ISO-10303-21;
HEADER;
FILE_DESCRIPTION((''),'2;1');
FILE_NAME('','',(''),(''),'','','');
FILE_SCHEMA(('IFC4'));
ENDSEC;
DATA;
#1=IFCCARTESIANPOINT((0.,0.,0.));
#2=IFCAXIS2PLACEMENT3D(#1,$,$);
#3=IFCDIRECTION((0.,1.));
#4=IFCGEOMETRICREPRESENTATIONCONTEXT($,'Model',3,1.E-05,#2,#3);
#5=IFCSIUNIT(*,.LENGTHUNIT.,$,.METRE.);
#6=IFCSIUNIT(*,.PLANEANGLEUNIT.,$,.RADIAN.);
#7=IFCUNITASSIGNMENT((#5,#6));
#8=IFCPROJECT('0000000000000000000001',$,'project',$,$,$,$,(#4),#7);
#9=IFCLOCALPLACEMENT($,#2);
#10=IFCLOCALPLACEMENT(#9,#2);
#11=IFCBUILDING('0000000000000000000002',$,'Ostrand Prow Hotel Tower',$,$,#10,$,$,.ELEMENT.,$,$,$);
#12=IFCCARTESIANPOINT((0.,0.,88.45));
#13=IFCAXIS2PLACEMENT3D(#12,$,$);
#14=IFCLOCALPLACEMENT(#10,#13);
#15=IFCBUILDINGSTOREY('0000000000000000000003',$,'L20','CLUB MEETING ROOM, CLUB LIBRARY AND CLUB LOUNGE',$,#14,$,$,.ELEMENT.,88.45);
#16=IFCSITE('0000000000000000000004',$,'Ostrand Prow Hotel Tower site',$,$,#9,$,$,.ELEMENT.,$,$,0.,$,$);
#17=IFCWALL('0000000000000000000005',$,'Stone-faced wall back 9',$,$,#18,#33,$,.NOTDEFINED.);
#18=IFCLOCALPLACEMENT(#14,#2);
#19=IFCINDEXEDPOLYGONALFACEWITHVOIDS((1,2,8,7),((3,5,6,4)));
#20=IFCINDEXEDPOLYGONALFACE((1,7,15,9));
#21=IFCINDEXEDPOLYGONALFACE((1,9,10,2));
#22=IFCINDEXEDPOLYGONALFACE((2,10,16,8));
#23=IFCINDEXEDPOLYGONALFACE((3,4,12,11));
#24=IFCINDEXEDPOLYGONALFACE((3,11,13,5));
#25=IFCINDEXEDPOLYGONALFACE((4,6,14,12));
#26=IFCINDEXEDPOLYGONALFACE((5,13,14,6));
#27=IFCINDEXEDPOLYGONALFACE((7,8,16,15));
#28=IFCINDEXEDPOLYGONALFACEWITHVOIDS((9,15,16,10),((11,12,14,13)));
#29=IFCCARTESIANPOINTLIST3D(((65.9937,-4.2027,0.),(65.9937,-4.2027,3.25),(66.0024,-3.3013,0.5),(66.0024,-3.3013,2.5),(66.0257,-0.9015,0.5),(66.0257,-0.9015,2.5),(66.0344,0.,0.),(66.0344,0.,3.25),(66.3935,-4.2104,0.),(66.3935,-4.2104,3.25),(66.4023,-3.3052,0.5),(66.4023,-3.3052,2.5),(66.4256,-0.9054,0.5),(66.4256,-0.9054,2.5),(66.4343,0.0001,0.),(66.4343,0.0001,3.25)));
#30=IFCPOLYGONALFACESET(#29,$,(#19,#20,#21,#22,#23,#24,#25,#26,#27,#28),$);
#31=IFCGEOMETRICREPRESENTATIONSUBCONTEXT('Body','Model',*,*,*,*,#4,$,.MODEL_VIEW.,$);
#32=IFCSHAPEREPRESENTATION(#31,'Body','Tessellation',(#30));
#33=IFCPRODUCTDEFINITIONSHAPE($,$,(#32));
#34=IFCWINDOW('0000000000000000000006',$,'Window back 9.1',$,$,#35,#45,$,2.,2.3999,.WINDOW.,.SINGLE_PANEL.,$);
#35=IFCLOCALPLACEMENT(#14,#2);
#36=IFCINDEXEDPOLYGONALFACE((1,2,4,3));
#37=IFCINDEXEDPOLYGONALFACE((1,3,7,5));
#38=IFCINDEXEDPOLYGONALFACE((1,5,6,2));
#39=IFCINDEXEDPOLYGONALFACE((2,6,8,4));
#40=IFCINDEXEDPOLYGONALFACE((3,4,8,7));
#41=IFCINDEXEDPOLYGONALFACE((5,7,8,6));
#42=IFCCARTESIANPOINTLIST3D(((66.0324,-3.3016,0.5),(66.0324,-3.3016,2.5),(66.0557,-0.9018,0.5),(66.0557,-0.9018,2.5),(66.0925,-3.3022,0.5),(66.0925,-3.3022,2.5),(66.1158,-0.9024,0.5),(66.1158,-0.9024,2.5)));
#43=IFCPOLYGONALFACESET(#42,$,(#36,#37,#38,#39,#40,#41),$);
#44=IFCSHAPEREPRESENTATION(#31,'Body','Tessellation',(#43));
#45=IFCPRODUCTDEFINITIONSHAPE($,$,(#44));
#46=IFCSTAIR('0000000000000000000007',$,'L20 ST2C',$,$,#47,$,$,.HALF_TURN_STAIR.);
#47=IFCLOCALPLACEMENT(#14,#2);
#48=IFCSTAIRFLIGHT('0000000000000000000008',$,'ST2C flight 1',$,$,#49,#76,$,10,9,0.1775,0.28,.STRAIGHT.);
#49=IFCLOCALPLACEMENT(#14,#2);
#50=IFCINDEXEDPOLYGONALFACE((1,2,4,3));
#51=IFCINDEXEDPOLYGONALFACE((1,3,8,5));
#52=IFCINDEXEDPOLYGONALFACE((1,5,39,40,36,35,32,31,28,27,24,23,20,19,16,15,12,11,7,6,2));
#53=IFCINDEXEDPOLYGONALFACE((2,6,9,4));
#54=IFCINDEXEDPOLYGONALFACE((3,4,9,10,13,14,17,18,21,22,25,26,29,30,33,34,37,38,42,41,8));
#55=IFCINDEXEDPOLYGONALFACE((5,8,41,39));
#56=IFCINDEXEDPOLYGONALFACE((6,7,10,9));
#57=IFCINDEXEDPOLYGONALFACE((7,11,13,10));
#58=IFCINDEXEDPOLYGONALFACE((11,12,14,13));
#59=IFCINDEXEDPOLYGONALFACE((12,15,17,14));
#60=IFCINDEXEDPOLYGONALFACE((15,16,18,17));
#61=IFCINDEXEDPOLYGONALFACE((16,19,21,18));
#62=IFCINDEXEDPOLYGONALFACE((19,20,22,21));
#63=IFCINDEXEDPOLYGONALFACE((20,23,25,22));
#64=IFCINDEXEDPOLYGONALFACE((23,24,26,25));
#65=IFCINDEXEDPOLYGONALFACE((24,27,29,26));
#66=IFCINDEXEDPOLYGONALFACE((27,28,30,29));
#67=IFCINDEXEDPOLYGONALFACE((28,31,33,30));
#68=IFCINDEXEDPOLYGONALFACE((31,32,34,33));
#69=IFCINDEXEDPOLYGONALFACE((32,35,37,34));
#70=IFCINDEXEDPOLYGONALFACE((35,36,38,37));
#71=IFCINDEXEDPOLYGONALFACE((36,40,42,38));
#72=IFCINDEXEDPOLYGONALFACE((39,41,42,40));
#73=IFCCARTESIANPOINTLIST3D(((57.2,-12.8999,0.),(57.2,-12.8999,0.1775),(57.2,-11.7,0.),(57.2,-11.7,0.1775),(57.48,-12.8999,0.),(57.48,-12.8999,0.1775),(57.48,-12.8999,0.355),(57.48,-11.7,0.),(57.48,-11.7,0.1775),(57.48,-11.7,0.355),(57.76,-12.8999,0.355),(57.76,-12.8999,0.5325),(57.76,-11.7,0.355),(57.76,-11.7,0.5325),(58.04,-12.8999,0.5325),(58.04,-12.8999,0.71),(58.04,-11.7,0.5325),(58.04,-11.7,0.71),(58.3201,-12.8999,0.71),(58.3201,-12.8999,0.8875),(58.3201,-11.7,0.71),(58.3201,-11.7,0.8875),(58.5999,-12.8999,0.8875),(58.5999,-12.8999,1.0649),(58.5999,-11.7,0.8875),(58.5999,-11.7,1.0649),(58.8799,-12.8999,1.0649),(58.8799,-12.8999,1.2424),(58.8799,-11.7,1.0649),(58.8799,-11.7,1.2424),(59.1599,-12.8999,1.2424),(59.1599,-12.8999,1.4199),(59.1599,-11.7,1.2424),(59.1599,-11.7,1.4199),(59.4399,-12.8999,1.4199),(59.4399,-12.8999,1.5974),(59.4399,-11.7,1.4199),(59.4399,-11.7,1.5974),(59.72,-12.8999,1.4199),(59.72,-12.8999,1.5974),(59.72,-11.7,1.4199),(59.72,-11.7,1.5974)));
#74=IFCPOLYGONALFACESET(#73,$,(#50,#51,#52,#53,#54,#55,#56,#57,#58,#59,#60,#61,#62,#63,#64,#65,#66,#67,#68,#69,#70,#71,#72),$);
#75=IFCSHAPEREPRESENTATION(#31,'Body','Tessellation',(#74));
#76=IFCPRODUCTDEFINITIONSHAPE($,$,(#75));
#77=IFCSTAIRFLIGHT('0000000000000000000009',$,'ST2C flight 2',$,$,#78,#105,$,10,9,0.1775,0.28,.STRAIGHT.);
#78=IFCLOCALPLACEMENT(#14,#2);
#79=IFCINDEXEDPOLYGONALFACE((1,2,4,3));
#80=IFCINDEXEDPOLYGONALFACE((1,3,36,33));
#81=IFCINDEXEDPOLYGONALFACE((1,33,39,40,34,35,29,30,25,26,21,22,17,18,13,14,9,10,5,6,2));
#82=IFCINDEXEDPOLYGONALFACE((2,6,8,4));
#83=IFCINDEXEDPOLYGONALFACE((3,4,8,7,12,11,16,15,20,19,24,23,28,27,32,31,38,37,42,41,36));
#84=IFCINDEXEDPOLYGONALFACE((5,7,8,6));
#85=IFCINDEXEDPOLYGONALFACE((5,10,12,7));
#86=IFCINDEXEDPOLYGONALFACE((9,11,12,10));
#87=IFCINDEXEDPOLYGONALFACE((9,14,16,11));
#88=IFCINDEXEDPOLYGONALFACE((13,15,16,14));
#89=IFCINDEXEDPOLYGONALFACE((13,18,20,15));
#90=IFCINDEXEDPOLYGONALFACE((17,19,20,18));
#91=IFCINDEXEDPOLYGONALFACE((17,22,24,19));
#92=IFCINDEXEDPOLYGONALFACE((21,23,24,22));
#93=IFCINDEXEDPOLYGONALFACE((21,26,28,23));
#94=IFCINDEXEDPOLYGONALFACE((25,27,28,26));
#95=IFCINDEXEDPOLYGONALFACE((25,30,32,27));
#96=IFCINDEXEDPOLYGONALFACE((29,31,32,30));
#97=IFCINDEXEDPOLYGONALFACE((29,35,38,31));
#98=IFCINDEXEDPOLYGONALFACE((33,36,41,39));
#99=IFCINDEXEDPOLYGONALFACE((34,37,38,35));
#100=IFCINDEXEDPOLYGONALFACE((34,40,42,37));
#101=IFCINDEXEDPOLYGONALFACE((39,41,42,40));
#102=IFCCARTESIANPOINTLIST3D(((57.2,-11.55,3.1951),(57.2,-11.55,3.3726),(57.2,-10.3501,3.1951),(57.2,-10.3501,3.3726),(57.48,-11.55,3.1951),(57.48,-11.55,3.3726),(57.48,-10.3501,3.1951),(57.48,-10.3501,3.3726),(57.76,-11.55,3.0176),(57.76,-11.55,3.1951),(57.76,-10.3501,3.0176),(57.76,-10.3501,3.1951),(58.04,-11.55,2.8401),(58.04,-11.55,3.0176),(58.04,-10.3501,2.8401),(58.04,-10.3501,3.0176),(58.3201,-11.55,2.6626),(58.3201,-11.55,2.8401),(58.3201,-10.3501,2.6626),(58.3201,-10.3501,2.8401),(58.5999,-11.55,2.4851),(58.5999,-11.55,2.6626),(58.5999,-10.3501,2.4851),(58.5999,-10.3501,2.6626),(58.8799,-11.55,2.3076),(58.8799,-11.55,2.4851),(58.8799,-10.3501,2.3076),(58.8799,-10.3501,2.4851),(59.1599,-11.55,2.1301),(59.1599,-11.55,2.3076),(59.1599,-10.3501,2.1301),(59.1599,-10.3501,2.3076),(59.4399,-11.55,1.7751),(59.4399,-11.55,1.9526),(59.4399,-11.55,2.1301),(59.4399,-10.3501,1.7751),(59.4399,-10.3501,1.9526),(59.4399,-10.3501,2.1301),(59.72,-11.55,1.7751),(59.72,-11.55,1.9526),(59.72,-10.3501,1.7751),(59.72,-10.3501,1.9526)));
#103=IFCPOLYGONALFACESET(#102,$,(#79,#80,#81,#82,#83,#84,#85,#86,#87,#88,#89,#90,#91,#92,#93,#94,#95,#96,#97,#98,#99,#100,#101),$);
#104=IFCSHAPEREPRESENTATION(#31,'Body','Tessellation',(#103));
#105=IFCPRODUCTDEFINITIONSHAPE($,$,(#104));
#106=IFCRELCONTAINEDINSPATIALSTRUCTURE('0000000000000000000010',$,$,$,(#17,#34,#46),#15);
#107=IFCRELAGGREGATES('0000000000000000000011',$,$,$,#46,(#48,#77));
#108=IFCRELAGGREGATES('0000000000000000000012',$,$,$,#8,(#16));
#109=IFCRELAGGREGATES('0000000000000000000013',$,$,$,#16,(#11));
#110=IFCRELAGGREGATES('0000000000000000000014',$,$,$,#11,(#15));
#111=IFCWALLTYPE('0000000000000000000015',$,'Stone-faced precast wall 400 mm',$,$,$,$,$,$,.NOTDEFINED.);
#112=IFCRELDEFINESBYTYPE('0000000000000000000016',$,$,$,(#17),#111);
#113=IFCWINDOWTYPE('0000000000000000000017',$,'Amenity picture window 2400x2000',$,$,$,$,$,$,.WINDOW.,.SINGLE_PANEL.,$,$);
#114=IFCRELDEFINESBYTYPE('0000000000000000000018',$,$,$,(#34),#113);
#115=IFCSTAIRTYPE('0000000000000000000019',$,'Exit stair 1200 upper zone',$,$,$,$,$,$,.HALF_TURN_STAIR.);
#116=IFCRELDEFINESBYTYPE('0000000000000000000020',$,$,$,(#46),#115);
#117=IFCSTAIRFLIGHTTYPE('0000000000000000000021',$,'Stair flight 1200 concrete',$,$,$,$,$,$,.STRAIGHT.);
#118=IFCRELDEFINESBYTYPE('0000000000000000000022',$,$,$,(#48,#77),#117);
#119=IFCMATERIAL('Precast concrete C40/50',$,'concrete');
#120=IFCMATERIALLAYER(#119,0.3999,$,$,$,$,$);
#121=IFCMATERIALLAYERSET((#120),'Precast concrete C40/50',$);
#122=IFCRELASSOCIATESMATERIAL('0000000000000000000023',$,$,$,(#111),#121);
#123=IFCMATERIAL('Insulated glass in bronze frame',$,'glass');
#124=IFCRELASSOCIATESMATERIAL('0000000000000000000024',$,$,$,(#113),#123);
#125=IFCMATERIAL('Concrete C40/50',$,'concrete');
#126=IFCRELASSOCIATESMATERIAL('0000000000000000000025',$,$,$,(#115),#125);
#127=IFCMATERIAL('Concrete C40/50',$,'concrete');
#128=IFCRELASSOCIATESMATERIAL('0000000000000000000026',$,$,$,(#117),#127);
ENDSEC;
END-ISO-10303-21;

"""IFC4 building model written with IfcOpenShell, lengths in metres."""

from ifc_helpers import new_model, si_unit, direction, frame, frame_2d, origin, place, context, subcontext, project, spatial, polyline, rectangle, outline, extrude, material, layer, layer_set, type_object, element, fill, aggregate, save


model = new_model("IFC4")

# Units and contexts
model_context = context("Model", 3, precision=1e-05, world=origin(), true_north=direction((0.0, 1.0)))
body_context = subcontext(model_context, "Body", "Model", "MODEL_VIEW")
ifc_project = project(units=[si_unit("LENGTHUNIT", "METRE"), si_unit("PLANEANGLEUNIT", "RADIAN")], contexts=[model_context])

# Site, building, storey
site_placement = place(None, origin())
site = spatial("IfcSite", under=ifc_project, at=site_placement, Name="Ostrand Prow Hotel Tower site", CompositionType="ELEMENT", RefElevation=0.0)
building_placement = place(site_placement, origin())
building = spatial("IfcBuilding", under=site, at=building_placement, Name="Ostrand Prow Hotel Tower", CompositionType="ELEMENT")
storey_placement = place(building_placement, frame((0.0, 0.0, 88.45)))
storey = spatial("IfcBuildingStorey", under=building, at=storey_placement, Name="L20", Description="CLUB MEETING ROOM, CLUB LIBRARY AND CLUB LOUNGE", CompositionType="ELEMENT", Elevation=88.45)

# Shared definitions
ifc_material_1 = material(Name="Precast concrete C40/50", Category="concrete")
ifc_layer_1 = layer(ifc_material_1, 0.3999)
ifc_layer_set_1 = layer_set([ifc_layer_1], Name="Precast concrete C40/50")
wall_type_1 = type_object("IfcWallType", Name="Stone-faced precast wall 400 mm", PredefinedType="NOTDEFINED", material=ifc_layer_set_1)
ifc_material_2 = material(Name="Insulated glass in bronze frame", Category="glass")
window_type = type_object("IfcWindowType", Name="Amenity picture window 2400x2000", PartitioningType="SINGLE_PANEL", PredefinedType="WINDOW", material=ifc_material_2)

# Wall, opening, window
wall_1_placement = place(storey_placement, frame((66.1936, -4.2065, 0.0), z_axis=(0.0, 0.0, 1.0), x_axis=(0.009692, 0.999953, 0.0)))
wall_1 = element("IfcWall", 1, at=wall_1_placement, inside=storey, type_object=wall_type_1, Name="Stone-faced wall back 9", PredefinedType="NOTDEFINED", context=body_context, shape_type="SweptSolid", body=[
    extrude(outline(polyline([(-0.002, -0.2), (4.2087, -0.2), (4.2048, 0.2), (0.002, 0.2), (-0.002, -0.2)])), origin(), (0.0, 0.0, 1.0), 3.25),
])
opening_1_placement = place(wall_1_placement, frame((0.9033, 0.0, 0.5)))
opening_1 = element("IfcOpeningElement", 2, at=opening_1_placement, cuts=wall_1, PredefinedType="OPENING", context=body_context, shape_type="SweptSolid", body=[
    extrude(rectangle(XDim=2.3999, YDim=2.0, at=frame_2d((1.2, 1.0))), frame((0.0, 0.21, 0.0), z_axis=(0.0, -1.0, 0.0), x_axis=(1.0, 0.0, 0.0)), (0.0, 0.0, 1.0), 0.4199),
])
window_1_placement = place(opening_1_placement, origin())
window_1 = element("IfcWindow", 3, at=window_1_placement, inside=storey, type_object=window_type, Name="Window back 9.1", OverallHeight=2.0, OverallWidth=2.3999, PartitioningType="SINGLE_PANEL", PredefinedType="WINDOW", context=body_context, shape_type="SweptSolid", body=[
    extrude(rectangle(XDim=2.3999, YDim=2.0, at=frame_2d((1.2, 1.0))), frame((0.0, 0.1699, 0.0), z_axis=(0.0, -1.0, 0.0), x_axis=(1.0, 0.0, 0.0)), (0.0, 0.0, 1.0), 0.0601),
])
fill(opening_1, window_1)

# Stair, stair flights
ifc_material_3 = material(Name="Concrete C40/50", Category="concrete")
stair_type = type_object("IfcStairType", Name="Exit stair 1200 upper zone", PredefinedType="HALF_TURN_STAIR", material=ifc_material_3)
stair_placement = place(storey_placement, origin())
stair = element("IfcStair", 4, at=stair_placement, inside=storey, type_object=stair_type, Name="L20 ST2C", PredefinedType="HALF_TURN_STAIR")
ifc_material_4 = material(Name="Concrete C40/50", Category="concrete")
stair_flight_type = type_object("IfcStairFlightType", Name="Stair flight 1200 concrete", PredefinedType="STRAIGHT", material=ifc_material_4)
stair_flight_1_placement = place(storey_placement, frame((57.2, -12.3, 0.0), z_axis=(0.0, 0.0, 1.0), x_axis=(1.0, 0.0, 0.0)))
stair_flight_1 = element("IfcStairFlight", 5, at=stair_flight_1_placement, type_object=stair_flight_type, Name="ST2C flight 1", NumberOfRisers=10, NumberOfTreads=9, PredefinedType="STRAIGHT", RiserHeight=0.1775, TreadLength=0.28, context=body_context, shape_type="SweptSolid", body=[
    extrude(outline(polyline([(0.0, 0.0), (0.0, 0.1775), (0.28, 0.1775), (0.28, 0.355), (0.5601, 0.355), (0.5601, 0.5325), (0.8401, 0.5325), (0.8401, 0.71), (1.1201, 0.71), (1.1201, 0.8875), (1.3999, 0.8875), (1.3999, 1.0649), (1.6799, 1.0649), (1.6799, 1.2424), (1.96, 1.2424), (1.96, 1.4199), (2.24, 1.4199), (2.24, 1.5974), (2.52, 1.5974), (2.52, 1.7749), (2.52, 1.4199), (0.28, 0.0), (0.0, 0.0)])), frame((0.0, 0.6001, 0.0), z_axis=(0.0, -1.0, 0.0), x_axis=(1.0, 0.0, 0.0)), (0.0, 0.0, 1.0), 1.2),
])
stair_flight_2_placement = place(storey_placement, frame((59.72, -10.95, 1.7751), z_axis=(0.0, 0.0, 1.0), x_axis=(-1.0, 0.0, 0.0)))
stair_flight_2 = element("IfcStairFlight", 6, at=stair_flight_2_placement, type_object=stair_flight_type, Name="ST2C flight 2", NumberOfRisers=10, NumberOfTreads=9, PredefinedType="STRAIGHT", RiserHeight=0.1775, TreadLength=0.28, context=body_context, shape_type="SweptSolid", body=[
    extrude(outline(polyline([(0.0, 0.0), (0.0, 0.1775), (0.28, 0.1775), (0.28, 0.355), (0.5601, 0.355), (0.5601, 0.5325), (0.8401, 0.5325), (0.8401, 0.71), (1.1201, 0.71), (1.1201, 0.8875), (1.3999, 0.8875), (1.3999, 1.0649), (1.6799, 1.0649), (1.6799, 1.2424), (1.96, 1.2424), (1.96, 1.4199), (2.24, 1.4199), (2.24, 1.5974), (2.52, 1.5974), (2.52, 1.7749), (2.52, 1.4199), (0.28, 0.0), (0.0, 0.0)])), frame((0.0, 0.6001, 0.0), z_axis=(0.0, -1.0, 0.0), x_axis=(1.0, 0.0, 0.0)), (0.0, 0.0, 1.0), 1.2),
])
aggregate(stair, [stair_flight_1, stair_flight_2])

save(model, "model.ifc")
